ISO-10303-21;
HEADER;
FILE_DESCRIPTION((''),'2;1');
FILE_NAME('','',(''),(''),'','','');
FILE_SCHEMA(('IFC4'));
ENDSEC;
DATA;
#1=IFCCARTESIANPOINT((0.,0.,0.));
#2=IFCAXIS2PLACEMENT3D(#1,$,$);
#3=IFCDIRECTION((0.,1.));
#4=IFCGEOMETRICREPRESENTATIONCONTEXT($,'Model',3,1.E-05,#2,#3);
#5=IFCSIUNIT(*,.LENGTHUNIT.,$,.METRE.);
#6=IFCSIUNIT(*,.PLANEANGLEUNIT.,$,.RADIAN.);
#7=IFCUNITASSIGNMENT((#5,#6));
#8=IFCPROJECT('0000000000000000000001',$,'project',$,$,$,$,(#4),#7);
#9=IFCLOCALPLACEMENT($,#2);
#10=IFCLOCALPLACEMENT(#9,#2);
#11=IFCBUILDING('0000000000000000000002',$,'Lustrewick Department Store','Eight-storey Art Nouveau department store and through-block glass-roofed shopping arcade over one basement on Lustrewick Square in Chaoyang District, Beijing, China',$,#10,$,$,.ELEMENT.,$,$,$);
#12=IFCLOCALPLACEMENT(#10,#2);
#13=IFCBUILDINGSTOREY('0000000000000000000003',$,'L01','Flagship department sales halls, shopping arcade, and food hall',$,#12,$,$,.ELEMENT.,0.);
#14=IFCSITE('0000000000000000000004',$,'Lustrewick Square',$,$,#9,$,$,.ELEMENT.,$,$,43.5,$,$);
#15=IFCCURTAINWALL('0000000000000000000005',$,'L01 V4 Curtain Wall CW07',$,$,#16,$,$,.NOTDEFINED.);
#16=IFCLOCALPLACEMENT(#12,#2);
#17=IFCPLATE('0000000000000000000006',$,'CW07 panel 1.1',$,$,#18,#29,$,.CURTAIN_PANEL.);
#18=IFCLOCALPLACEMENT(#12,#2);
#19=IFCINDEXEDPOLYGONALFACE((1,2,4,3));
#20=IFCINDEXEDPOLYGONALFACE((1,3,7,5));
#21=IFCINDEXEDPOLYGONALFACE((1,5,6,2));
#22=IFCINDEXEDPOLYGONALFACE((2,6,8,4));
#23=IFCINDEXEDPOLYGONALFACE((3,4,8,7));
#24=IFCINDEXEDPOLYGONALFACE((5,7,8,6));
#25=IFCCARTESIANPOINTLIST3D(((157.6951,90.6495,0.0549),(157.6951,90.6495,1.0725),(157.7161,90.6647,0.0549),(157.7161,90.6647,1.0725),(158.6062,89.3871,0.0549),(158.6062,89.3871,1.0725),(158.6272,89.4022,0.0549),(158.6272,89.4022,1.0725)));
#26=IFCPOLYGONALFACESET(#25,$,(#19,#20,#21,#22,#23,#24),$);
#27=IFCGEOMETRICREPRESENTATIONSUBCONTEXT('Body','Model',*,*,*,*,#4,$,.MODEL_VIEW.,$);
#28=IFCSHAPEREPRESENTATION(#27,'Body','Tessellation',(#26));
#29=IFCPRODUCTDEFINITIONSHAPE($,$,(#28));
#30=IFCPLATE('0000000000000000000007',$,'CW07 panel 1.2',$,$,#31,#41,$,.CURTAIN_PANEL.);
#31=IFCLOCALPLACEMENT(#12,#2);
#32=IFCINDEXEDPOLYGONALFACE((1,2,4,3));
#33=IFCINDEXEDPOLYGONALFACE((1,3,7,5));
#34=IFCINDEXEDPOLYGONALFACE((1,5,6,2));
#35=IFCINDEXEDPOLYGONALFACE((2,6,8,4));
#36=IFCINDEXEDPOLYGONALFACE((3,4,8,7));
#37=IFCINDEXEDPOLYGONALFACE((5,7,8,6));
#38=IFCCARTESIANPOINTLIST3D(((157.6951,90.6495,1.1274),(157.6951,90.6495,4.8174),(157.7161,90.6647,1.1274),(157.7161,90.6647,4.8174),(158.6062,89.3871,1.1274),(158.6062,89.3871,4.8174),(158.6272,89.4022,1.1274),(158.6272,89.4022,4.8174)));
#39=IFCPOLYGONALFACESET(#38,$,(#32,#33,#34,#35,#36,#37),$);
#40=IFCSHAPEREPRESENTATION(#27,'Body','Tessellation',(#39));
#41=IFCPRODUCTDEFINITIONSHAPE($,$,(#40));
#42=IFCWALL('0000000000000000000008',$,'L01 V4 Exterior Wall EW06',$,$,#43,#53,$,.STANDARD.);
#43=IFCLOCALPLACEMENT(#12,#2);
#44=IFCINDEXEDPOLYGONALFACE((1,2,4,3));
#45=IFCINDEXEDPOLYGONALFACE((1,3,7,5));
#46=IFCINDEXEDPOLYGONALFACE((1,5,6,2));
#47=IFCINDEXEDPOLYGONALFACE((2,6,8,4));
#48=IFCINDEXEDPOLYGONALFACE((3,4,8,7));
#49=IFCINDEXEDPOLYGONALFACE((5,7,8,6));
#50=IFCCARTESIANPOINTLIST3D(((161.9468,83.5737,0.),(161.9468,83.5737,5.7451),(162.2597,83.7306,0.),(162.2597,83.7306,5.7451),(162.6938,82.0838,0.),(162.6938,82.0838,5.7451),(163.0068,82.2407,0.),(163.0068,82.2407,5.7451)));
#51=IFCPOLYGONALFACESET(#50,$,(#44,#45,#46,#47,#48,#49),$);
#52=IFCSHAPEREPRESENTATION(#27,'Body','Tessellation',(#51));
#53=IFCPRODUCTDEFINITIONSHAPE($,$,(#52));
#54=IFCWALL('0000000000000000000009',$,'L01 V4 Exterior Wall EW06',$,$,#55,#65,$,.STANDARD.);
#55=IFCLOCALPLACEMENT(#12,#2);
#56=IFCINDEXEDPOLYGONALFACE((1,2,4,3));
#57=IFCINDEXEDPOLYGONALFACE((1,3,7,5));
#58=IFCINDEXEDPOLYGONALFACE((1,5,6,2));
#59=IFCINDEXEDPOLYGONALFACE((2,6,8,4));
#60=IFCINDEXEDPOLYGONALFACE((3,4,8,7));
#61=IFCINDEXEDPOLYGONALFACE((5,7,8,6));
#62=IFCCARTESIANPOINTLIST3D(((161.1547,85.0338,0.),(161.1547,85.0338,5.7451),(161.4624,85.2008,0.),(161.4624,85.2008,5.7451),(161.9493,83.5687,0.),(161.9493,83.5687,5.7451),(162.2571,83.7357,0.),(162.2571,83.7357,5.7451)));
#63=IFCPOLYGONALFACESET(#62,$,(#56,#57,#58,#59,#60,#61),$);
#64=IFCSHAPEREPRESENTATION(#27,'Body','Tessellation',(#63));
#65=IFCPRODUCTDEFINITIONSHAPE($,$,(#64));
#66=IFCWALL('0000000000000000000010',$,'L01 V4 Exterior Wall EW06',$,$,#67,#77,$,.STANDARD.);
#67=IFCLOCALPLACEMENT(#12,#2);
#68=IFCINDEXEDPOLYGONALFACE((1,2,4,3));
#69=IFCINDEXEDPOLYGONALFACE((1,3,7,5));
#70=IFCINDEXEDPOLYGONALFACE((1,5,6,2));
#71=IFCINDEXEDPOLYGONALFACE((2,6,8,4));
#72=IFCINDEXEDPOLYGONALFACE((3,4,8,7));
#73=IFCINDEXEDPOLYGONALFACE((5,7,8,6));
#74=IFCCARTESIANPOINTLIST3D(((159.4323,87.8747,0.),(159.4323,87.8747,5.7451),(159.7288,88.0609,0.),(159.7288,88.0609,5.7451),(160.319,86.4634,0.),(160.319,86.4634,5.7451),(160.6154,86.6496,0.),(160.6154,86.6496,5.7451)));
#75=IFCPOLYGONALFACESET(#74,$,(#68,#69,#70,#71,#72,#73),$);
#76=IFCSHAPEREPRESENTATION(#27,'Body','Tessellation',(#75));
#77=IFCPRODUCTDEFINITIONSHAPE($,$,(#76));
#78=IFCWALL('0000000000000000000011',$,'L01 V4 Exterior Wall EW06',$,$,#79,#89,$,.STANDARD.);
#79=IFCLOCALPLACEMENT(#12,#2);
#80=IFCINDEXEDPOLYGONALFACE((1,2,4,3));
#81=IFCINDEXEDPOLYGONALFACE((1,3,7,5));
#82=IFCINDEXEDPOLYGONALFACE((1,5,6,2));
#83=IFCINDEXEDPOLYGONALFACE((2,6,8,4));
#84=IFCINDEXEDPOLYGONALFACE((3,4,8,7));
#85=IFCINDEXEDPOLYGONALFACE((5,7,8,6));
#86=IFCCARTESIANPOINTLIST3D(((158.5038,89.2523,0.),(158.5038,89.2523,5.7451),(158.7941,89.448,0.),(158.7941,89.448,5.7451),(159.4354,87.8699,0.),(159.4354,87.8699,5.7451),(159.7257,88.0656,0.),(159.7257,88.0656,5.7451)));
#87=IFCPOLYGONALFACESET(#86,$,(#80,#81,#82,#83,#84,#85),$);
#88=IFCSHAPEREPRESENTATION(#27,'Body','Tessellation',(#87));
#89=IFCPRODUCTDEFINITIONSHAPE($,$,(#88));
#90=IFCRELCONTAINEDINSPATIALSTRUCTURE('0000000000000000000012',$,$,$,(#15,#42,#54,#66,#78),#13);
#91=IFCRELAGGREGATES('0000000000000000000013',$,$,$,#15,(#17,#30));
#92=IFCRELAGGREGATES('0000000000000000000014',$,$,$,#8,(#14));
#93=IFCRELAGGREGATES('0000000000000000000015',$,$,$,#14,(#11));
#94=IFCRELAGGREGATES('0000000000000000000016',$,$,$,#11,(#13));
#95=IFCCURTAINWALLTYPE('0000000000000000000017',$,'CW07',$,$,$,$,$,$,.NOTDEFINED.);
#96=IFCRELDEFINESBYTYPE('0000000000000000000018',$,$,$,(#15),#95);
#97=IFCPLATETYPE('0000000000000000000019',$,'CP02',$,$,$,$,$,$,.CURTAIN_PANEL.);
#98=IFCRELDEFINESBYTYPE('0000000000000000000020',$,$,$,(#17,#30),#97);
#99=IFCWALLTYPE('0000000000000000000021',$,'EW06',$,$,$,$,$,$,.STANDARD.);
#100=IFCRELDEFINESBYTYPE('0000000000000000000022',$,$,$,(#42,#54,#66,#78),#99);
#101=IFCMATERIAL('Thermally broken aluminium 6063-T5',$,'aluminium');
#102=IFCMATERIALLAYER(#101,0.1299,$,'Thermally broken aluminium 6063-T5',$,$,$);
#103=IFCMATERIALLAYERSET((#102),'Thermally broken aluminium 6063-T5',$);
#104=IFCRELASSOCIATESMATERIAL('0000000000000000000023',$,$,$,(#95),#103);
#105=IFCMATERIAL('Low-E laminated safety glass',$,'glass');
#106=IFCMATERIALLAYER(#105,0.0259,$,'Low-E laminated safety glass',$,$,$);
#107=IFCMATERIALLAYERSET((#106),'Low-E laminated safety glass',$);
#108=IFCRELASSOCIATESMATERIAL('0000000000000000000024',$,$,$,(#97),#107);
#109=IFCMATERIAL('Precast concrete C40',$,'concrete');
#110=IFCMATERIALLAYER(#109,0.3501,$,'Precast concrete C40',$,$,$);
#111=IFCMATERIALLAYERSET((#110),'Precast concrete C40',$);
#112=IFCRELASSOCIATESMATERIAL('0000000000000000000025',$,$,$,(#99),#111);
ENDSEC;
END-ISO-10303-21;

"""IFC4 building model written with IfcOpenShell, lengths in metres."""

from ifc_helpers import new_model, si_unit, direction, frame, frame_2d, origin, origin_2d, place, context, subcontext, project, spatial, rectangle, extrude, material, layer, layer_set, type_object, element, aggregate, save


model = new_model("IFC4")

# Units and contexts
model_context = context("Model", 3, precision=1e-05, world=origin(), true_north=direction((0.0, 1.0)))
body_context = subcontext(model_context, "Body", "Model", "MODEL_VIEW")
ifc_project = project(units=[si_unit("LENGTHUNIT", "METRE"), si_unit("PLANEANGLEUNIT", "RADIAN")], contexts=[model_context])

# Site, building, storey
site_placement = place(None, origin())
site = spatial("IfcSite", under=ifc_project, at=site_placement, Name="Lustrewick Square", CompositionType="ELEMENT", RefElevation=43.5)
building_placement = place(site_placement, origin())
building = spatial("IfcBuilding", under=site, at=building_placement, Name="Lustrewick Department Store", Description="Eight-storey Art Nouveau department store and through-block glass-roofed shopping arcade over one basement on Lustrewick Square in Chaoyang District, Beijing, China", CompositionType="ELEMENT")
storey_placement = place(building_placement, origin())
storey = spatial("IfcBuildingStorey", under=building, at=storey_placement, Name="L01", Description="Flagship department sales halls, shopping arcade, and food hall", CompositionType="ELEMENT", Elevation=0.0)

# Curtain wall
ifc_material_1 = material(Name="Thermally broken aluminium 6063-T5", Category="aluminium")
ifc_layer_1 = layer(ifc_material_1, 0.1299, Name="Thermally broken aluminium 6063-T5")
ifc_layer_set_1 = layer_set([ifc_layer_1], Name="Thermally broken aluminium 6063-T5")
curtain_wall_type_1 = type_object("IfcCurtainWallType", Name="CW07", PredefinedType="NOTDEFINED", material=ifc_layer_set_1)
curtain_wall_1_placement = place(storey_placement, origin())
curtain_wall_1 = element("IfcCurtainWall", 1, at=curtain_wall_1_placement, inside=storey, type_object=curtain_wall_type_1, Name="L01 V4 Curtain Wall CW07", PredefinedType="NOTDEFINED")

# Plates
ifc_material_2 = material(Name="Low-E laminated safety glass", Category="glass")
ifc_layer_2 = layer(ifc_material_2, 0.0259, Name="Low-E laminated safety glass")
ifc_layer_set_2 = layer_set([ifc_layer_2], Name="Low-E laminated safety glass")
plate_type_1 = type_object("IfcPlateType", Name="CP02", PredefinedType="CURTAIN_PANEL", material=ifc_layer_set_2)
plate_1_placement = place(storey_placement, frame((158.1611, 90.0259, 0.0549), z_axis=(0.0, 0.0, 1.0), x_axis=(-0.585232, 0.810866, 0.0)))
plate_1 = element("IfcPlate", 2, at=plate_1_placement, type_object=plate_type_1, Name="CW07 panel 1.1", PredefinedType="CURTAIN_PANEL", context=body_context, shape_type="SweptSolid", body=[
    extrude(rectangle(XDim=1.5569, YDim=0.0259, at=origin_2d()), origin(), (0.0, 0.0, 1.0), 1.0176),
])
plate_2_placement = place(storey_placement, frame((158.1611, 90.0259, 1.1274), z_axis=(0.0, 0.0, 1.0), x_axis=(-0.585232, 0.810866, 0.0)))
plate_2 = element("IfcPlate", 3, at=plate_2_placement, type_object=plate_type_1, Name="CW07 panel 1.2", PredefinedType="CURTAIN_PANEL", context=body_context, shape_type="SweptSolid", body=[
    extrude(rectangle(XDim=1.5569, YDim=0.0259, at=origin_2d()), origin(), (0.0, 0.0, 1.0), 3.6899),
])
aggregate(curtain_wall_1, [plate_1, plate_2])

# Walls
ifc_material_3 = material(Name="Precast concrete C40", Category="concrete")
ifc_layer_3 = layer(ifc_material_3, 0.3501, Name="Precast concrete C40")
ifc_layer_set_3 = layer_set([ifc_layer_3], Name="Precast concrete C40")
wall_type = type_object("IfcWallType", Name="EW06", PredefinedType="STANDARD", material=ifc_layer_set_3)
for number, where, z_axis, x_axis, name in (
    (4, (162.8503, 82.1621, 0.0), (0.0, 0.0, 1.0), (-0.448209, 0.893929, 0.0), "L01 V4 Exterior Wall EW06"),
    (5, (162.1033, 83.6521, 0.0), (0.0, 0.0, 1.0), (-0.476788, 0.879018, 0.0), "L01 V4 Exterior Wall EW06"),
    (6, (160.4673, 86.5564, 0.0), (0.0, 0.0, 1.0), (-0.531986, 0.846753, 0.0), "L01 V4 Exterior Wall EW06"),
):
    element("IfcWall", number, at=place(storey_placement, frame(where, z_axis=z_axis, x_axis=x_axis)), inside=storey, type_object=wall_type, Name=name, PredefinedType="STANDARD", context=body_context, shape_type="SweptSolid", body=[
        extrude(rectangle(XDim=1.6667, YDim=0.3501, at=frame_2d((0.8335, 0.0))), origin(), (0.0, 0.0, 1.0), 5.7451),
    ])
wall_placement = place(storey_placement, frame((159.5806, 87.9678, 0.0), z_axis=(0.0, 0.0, 1.0), x_axis=(-0.558884, 0.829246, 0.0)))
element("IfcWall", 7, at=wall_placement, inside=storey, type_object=wall_type, Name="L01 V4 Exterior Wall EW06", PredefinedType="STANDARD", context=body_context, shape_type="SweptSolid", body=[
    extrude(rectangle(XDim=1.667, YDim=0.3501, at=frame_2d((0.8335, 0.0))), origin(), (0.0, 0.0, 1.0), 5.7451),
])

save(model, "model.ifc")
